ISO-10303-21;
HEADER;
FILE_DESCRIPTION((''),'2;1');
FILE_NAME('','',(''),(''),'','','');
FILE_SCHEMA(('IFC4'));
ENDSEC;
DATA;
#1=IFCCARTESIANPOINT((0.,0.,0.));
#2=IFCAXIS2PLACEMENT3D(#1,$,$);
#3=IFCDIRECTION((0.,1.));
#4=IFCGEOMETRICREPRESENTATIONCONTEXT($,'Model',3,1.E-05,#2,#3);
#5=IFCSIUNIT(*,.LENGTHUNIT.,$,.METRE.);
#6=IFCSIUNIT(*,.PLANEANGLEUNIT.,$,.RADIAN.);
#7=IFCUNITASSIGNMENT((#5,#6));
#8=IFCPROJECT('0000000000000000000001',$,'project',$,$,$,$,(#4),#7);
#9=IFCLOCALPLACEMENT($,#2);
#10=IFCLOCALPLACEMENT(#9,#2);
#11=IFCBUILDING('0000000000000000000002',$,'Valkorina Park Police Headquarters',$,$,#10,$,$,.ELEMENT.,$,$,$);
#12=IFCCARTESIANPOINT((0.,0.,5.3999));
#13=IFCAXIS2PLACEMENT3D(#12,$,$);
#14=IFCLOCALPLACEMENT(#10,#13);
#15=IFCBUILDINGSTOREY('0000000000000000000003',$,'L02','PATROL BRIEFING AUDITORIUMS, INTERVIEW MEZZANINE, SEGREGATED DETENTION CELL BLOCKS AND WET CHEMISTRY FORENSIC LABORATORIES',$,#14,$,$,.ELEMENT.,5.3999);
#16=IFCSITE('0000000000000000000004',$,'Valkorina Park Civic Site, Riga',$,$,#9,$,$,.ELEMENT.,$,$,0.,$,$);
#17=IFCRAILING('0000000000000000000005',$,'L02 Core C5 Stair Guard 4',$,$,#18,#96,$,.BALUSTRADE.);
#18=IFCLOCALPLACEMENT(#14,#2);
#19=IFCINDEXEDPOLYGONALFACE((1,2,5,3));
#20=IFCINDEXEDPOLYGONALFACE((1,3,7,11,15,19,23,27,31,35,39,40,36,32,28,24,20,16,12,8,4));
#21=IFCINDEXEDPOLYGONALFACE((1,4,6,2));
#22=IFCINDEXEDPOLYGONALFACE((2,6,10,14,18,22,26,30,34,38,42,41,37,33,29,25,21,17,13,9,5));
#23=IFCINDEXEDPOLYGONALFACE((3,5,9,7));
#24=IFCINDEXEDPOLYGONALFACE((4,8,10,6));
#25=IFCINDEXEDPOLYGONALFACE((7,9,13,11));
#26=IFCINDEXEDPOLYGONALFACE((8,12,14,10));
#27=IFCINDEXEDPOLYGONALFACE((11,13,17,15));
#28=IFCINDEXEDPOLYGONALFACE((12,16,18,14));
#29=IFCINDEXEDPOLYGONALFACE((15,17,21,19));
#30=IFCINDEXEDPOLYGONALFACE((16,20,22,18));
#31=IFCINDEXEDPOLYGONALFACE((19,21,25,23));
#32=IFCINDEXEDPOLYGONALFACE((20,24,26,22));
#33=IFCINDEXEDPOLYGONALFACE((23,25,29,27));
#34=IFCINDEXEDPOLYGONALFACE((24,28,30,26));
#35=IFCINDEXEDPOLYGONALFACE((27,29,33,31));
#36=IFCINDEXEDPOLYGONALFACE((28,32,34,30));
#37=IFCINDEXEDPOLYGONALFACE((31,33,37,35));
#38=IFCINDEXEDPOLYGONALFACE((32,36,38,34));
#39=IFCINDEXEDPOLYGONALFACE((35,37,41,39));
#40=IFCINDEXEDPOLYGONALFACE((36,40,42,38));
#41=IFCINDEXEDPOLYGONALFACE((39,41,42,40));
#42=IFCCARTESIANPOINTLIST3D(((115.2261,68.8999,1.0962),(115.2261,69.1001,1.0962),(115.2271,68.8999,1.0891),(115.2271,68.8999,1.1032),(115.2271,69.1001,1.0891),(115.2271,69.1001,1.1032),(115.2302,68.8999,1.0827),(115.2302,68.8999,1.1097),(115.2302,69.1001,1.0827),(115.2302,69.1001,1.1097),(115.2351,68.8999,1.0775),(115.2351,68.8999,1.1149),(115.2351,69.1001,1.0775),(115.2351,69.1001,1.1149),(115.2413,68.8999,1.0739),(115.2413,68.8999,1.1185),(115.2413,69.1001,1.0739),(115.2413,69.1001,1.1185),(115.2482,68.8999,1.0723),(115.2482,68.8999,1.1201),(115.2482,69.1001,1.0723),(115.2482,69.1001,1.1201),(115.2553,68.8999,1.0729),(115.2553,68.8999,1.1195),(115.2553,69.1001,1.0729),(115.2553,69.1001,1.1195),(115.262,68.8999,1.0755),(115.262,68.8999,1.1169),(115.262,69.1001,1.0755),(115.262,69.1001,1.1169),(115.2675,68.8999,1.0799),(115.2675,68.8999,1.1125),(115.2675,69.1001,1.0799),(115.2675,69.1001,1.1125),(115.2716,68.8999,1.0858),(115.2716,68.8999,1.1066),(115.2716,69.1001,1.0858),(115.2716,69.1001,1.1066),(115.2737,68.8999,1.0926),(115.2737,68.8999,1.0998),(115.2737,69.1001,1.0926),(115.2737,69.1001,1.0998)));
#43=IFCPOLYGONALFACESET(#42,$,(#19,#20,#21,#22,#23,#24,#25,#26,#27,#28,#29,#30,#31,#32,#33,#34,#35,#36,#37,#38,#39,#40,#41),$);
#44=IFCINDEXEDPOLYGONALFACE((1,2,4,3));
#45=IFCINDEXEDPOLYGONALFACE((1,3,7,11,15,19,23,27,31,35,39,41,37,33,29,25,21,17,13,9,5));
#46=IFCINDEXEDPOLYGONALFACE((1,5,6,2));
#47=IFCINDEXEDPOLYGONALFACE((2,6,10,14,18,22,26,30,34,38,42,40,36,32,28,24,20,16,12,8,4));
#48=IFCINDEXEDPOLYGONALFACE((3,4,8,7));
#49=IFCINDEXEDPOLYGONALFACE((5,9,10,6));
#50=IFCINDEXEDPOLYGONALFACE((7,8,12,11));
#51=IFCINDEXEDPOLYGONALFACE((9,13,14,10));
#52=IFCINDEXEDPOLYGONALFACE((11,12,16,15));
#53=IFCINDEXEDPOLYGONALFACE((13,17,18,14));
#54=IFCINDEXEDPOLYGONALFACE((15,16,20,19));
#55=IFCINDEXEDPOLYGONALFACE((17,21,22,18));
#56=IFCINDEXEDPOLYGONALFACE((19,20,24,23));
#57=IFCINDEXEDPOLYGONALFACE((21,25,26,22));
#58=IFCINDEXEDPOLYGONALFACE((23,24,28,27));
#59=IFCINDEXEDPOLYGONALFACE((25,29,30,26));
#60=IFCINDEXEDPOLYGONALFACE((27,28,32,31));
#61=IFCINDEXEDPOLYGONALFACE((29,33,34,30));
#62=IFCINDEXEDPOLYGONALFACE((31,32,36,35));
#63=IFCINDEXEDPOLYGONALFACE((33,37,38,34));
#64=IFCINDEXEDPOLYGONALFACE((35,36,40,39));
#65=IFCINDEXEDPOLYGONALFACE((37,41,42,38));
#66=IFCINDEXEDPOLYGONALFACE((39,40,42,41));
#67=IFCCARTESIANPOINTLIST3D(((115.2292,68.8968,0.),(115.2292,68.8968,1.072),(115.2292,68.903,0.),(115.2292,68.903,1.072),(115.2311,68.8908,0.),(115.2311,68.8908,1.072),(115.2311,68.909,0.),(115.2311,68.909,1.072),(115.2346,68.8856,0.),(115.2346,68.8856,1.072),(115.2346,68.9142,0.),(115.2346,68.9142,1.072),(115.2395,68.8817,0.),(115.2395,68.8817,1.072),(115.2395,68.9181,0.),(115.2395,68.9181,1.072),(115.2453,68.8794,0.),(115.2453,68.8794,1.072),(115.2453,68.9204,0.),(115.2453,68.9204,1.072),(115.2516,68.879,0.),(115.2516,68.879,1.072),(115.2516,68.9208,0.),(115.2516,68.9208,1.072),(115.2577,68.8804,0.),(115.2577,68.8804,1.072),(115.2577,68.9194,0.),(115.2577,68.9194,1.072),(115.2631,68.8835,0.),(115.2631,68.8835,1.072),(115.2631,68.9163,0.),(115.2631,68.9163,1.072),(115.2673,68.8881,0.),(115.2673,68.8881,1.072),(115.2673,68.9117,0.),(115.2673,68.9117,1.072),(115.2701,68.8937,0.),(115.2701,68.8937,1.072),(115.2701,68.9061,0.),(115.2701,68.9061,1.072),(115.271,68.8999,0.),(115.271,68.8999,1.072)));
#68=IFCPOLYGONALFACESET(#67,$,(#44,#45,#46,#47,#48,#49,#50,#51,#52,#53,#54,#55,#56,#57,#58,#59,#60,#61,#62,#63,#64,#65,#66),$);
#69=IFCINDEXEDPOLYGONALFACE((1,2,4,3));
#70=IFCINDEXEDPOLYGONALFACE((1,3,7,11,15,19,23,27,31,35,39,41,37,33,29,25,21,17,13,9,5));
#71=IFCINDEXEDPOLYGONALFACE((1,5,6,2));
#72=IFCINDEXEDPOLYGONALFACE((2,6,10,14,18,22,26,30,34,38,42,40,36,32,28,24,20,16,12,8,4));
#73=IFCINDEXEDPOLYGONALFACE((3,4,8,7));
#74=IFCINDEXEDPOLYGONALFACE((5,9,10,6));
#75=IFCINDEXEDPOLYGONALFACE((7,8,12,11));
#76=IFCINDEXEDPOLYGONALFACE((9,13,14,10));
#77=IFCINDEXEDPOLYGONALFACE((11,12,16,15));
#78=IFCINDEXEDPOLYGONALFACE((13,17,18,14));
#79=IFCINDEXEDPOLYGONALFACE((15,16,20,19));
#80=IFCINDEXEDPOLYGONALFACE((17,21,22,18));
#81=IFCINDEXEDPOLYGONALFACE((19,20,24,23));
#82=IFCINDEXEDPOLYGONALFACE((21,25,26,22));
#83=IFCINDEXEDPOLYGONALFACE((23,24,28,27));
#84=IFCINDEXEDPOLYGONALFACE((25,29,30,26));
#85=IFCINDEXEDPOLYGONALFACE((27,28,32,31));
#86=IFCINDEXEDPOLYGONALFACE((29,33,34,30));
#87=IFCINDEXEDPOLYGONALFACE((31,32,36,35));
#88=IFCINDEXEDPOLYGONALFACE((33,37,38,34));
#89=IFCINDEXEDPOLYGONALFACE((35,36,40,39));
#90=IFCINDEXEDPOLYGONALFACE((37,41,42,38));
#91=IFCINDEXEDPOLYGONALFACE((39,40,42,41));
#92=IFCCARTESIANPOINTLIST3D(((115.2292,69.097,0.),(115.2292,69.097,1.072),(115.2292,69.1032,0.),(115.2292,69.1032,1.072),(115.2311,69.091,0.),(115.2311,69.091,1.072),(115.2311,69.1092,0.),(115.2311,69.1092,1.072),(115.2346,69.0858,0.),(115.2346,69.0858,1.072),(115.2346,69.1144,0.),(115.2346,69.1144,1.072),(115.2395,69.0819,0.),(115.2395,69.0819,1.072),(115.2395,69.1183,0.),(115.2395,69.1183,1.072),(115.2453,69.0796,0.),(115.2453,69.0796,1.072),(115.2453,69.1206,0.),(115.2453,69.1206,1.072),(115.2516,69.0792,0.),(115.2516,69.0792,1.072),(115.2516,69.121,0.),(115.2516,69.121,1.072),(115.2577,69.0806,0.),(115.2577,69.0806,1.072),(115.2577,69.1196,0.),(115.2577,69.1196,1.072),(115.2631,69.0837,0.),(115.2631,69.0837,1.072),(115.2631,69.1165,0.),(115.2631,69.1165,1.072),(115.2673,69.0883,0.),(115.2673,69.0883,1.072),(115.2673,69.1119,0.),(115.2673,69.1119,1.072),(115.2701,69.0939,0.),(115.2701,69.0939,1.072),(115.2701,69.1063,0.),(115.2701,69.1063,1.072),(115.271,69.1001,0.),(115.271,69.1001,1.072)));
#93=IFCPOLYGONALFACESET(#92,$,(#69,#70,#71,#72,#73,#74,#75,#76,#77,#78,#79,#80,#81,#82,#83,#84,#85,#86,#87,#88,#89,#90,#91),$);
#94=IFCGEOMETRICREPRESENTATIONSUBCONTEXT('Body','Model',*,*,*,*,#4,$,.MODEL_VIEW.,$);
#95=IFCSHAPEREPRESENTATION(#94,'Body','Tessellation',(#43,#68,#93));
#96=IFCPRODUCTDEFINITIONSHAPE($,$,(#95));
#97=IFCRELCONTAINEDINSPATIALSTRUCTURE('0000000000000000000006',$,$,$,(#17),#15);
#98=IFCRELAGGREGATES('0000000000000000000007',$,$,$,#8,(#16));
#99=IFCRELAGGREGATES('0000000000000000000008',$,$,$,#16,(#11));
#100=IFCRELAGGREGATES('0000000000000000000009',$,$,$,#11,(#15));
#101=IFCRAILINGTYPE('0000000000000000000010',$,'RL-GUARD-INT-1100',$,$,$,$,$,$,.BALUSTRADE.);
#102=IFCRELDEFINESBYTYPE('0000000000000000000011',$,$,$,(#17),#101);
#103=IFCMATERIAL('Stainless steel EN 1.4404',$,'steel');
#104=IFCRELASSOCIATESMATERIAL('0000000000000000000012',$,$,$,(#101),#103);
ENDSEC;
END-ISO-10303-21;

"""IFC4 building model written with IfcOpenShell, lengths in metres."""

from ifc_helpers import new_model, si_unit, direction, frame, origin, origin_2d, place, context, subcontext, project, spatial, circle, extrude, material, type_object, element, save


model = new_model("IFC4")

# Units and contexts
model_context = context("Model", 3, precision=1e-05, world=origin(), true_north=direction((0.0, 1.0)))
body_context = subcontext(model_context, "Body", "Model", "MODEL_VIEW")
ifc_project = project(units=[si_unit("LENGTHUNIT", "METRE"), si_unit("PLANEANGLEUNIT", "RADIAN")], contexts=[model_context])

# Site, building, storey
site_placement = place(None, origin())
site = spatial("IfcSite", under=ifc_project, at=site_placement, Name="Valkorina Park Civic Site, Riga", CompositionType="ELEMENT", RefElevation=0.0)
building_placement = place(site_placement, origin())
building = spatial("IfcBuilding", under=site, at=building_placement, Name="Valkorina Park Police Headquarters", CompositionType="ELEMENT")
storey_placement = place(building_placement, frame((0.0, 0.0, 5.3999)))
storey = spatial("IfcBuildingStorey", under=building, at=storey_placement, Name="L02", Description="PATROL BRIEFING AUDITORIUMS, INTERVIEW MEZZANINE, SEGREGATED DETENTION CELL BLOCKS AND WET CHEMISTRY FORENSIC LABORATORIES", CompositionType="ELEMENT", Elevation=5.3999)

# Railing
ifc_material_1 = material(Name="Stainless steel EN 1.4404", Category="steel")
railing_type_1 = type_object("IfcRailingType", Name="RL-GUARD-INT-1100", PredefinedType="BALUSTRADE", material=ifc_material_1)
railing_1_placement = place(storey_placement, frame((115.25, 68.8999, 0.0)))
element("IfcRailing", 1, at=railing_1_placement, inside=storey, type_object=railing_type_1, Name="L02 Core C5 Stair Guard 4", PredefinedType="BALUSTRADE", context=body_context, shape_type="SweptSolid", body=[
    extrude(circle(Radius=0.0239, at=origin_2d()), frame((0.0, 0.0, 1.0962), z_axis=(0.0, 1.0, 0.0), x_axis=(-1.0, 0.0, 0.0)), (0.0, 0.0, 1.0), 0.2002),
    extrude(circle(Radius=0.021, at=origin_2d()), origin(), (0.0, 0.0, 1.0), 1.072),
    extrude(circle(Radius=0.021, at=origin_2d()), frame((0.0, 0.2002, 0.0)), (0.0, 0.0, 1.0), 1.072),
])

save(model, "model.ifc")
